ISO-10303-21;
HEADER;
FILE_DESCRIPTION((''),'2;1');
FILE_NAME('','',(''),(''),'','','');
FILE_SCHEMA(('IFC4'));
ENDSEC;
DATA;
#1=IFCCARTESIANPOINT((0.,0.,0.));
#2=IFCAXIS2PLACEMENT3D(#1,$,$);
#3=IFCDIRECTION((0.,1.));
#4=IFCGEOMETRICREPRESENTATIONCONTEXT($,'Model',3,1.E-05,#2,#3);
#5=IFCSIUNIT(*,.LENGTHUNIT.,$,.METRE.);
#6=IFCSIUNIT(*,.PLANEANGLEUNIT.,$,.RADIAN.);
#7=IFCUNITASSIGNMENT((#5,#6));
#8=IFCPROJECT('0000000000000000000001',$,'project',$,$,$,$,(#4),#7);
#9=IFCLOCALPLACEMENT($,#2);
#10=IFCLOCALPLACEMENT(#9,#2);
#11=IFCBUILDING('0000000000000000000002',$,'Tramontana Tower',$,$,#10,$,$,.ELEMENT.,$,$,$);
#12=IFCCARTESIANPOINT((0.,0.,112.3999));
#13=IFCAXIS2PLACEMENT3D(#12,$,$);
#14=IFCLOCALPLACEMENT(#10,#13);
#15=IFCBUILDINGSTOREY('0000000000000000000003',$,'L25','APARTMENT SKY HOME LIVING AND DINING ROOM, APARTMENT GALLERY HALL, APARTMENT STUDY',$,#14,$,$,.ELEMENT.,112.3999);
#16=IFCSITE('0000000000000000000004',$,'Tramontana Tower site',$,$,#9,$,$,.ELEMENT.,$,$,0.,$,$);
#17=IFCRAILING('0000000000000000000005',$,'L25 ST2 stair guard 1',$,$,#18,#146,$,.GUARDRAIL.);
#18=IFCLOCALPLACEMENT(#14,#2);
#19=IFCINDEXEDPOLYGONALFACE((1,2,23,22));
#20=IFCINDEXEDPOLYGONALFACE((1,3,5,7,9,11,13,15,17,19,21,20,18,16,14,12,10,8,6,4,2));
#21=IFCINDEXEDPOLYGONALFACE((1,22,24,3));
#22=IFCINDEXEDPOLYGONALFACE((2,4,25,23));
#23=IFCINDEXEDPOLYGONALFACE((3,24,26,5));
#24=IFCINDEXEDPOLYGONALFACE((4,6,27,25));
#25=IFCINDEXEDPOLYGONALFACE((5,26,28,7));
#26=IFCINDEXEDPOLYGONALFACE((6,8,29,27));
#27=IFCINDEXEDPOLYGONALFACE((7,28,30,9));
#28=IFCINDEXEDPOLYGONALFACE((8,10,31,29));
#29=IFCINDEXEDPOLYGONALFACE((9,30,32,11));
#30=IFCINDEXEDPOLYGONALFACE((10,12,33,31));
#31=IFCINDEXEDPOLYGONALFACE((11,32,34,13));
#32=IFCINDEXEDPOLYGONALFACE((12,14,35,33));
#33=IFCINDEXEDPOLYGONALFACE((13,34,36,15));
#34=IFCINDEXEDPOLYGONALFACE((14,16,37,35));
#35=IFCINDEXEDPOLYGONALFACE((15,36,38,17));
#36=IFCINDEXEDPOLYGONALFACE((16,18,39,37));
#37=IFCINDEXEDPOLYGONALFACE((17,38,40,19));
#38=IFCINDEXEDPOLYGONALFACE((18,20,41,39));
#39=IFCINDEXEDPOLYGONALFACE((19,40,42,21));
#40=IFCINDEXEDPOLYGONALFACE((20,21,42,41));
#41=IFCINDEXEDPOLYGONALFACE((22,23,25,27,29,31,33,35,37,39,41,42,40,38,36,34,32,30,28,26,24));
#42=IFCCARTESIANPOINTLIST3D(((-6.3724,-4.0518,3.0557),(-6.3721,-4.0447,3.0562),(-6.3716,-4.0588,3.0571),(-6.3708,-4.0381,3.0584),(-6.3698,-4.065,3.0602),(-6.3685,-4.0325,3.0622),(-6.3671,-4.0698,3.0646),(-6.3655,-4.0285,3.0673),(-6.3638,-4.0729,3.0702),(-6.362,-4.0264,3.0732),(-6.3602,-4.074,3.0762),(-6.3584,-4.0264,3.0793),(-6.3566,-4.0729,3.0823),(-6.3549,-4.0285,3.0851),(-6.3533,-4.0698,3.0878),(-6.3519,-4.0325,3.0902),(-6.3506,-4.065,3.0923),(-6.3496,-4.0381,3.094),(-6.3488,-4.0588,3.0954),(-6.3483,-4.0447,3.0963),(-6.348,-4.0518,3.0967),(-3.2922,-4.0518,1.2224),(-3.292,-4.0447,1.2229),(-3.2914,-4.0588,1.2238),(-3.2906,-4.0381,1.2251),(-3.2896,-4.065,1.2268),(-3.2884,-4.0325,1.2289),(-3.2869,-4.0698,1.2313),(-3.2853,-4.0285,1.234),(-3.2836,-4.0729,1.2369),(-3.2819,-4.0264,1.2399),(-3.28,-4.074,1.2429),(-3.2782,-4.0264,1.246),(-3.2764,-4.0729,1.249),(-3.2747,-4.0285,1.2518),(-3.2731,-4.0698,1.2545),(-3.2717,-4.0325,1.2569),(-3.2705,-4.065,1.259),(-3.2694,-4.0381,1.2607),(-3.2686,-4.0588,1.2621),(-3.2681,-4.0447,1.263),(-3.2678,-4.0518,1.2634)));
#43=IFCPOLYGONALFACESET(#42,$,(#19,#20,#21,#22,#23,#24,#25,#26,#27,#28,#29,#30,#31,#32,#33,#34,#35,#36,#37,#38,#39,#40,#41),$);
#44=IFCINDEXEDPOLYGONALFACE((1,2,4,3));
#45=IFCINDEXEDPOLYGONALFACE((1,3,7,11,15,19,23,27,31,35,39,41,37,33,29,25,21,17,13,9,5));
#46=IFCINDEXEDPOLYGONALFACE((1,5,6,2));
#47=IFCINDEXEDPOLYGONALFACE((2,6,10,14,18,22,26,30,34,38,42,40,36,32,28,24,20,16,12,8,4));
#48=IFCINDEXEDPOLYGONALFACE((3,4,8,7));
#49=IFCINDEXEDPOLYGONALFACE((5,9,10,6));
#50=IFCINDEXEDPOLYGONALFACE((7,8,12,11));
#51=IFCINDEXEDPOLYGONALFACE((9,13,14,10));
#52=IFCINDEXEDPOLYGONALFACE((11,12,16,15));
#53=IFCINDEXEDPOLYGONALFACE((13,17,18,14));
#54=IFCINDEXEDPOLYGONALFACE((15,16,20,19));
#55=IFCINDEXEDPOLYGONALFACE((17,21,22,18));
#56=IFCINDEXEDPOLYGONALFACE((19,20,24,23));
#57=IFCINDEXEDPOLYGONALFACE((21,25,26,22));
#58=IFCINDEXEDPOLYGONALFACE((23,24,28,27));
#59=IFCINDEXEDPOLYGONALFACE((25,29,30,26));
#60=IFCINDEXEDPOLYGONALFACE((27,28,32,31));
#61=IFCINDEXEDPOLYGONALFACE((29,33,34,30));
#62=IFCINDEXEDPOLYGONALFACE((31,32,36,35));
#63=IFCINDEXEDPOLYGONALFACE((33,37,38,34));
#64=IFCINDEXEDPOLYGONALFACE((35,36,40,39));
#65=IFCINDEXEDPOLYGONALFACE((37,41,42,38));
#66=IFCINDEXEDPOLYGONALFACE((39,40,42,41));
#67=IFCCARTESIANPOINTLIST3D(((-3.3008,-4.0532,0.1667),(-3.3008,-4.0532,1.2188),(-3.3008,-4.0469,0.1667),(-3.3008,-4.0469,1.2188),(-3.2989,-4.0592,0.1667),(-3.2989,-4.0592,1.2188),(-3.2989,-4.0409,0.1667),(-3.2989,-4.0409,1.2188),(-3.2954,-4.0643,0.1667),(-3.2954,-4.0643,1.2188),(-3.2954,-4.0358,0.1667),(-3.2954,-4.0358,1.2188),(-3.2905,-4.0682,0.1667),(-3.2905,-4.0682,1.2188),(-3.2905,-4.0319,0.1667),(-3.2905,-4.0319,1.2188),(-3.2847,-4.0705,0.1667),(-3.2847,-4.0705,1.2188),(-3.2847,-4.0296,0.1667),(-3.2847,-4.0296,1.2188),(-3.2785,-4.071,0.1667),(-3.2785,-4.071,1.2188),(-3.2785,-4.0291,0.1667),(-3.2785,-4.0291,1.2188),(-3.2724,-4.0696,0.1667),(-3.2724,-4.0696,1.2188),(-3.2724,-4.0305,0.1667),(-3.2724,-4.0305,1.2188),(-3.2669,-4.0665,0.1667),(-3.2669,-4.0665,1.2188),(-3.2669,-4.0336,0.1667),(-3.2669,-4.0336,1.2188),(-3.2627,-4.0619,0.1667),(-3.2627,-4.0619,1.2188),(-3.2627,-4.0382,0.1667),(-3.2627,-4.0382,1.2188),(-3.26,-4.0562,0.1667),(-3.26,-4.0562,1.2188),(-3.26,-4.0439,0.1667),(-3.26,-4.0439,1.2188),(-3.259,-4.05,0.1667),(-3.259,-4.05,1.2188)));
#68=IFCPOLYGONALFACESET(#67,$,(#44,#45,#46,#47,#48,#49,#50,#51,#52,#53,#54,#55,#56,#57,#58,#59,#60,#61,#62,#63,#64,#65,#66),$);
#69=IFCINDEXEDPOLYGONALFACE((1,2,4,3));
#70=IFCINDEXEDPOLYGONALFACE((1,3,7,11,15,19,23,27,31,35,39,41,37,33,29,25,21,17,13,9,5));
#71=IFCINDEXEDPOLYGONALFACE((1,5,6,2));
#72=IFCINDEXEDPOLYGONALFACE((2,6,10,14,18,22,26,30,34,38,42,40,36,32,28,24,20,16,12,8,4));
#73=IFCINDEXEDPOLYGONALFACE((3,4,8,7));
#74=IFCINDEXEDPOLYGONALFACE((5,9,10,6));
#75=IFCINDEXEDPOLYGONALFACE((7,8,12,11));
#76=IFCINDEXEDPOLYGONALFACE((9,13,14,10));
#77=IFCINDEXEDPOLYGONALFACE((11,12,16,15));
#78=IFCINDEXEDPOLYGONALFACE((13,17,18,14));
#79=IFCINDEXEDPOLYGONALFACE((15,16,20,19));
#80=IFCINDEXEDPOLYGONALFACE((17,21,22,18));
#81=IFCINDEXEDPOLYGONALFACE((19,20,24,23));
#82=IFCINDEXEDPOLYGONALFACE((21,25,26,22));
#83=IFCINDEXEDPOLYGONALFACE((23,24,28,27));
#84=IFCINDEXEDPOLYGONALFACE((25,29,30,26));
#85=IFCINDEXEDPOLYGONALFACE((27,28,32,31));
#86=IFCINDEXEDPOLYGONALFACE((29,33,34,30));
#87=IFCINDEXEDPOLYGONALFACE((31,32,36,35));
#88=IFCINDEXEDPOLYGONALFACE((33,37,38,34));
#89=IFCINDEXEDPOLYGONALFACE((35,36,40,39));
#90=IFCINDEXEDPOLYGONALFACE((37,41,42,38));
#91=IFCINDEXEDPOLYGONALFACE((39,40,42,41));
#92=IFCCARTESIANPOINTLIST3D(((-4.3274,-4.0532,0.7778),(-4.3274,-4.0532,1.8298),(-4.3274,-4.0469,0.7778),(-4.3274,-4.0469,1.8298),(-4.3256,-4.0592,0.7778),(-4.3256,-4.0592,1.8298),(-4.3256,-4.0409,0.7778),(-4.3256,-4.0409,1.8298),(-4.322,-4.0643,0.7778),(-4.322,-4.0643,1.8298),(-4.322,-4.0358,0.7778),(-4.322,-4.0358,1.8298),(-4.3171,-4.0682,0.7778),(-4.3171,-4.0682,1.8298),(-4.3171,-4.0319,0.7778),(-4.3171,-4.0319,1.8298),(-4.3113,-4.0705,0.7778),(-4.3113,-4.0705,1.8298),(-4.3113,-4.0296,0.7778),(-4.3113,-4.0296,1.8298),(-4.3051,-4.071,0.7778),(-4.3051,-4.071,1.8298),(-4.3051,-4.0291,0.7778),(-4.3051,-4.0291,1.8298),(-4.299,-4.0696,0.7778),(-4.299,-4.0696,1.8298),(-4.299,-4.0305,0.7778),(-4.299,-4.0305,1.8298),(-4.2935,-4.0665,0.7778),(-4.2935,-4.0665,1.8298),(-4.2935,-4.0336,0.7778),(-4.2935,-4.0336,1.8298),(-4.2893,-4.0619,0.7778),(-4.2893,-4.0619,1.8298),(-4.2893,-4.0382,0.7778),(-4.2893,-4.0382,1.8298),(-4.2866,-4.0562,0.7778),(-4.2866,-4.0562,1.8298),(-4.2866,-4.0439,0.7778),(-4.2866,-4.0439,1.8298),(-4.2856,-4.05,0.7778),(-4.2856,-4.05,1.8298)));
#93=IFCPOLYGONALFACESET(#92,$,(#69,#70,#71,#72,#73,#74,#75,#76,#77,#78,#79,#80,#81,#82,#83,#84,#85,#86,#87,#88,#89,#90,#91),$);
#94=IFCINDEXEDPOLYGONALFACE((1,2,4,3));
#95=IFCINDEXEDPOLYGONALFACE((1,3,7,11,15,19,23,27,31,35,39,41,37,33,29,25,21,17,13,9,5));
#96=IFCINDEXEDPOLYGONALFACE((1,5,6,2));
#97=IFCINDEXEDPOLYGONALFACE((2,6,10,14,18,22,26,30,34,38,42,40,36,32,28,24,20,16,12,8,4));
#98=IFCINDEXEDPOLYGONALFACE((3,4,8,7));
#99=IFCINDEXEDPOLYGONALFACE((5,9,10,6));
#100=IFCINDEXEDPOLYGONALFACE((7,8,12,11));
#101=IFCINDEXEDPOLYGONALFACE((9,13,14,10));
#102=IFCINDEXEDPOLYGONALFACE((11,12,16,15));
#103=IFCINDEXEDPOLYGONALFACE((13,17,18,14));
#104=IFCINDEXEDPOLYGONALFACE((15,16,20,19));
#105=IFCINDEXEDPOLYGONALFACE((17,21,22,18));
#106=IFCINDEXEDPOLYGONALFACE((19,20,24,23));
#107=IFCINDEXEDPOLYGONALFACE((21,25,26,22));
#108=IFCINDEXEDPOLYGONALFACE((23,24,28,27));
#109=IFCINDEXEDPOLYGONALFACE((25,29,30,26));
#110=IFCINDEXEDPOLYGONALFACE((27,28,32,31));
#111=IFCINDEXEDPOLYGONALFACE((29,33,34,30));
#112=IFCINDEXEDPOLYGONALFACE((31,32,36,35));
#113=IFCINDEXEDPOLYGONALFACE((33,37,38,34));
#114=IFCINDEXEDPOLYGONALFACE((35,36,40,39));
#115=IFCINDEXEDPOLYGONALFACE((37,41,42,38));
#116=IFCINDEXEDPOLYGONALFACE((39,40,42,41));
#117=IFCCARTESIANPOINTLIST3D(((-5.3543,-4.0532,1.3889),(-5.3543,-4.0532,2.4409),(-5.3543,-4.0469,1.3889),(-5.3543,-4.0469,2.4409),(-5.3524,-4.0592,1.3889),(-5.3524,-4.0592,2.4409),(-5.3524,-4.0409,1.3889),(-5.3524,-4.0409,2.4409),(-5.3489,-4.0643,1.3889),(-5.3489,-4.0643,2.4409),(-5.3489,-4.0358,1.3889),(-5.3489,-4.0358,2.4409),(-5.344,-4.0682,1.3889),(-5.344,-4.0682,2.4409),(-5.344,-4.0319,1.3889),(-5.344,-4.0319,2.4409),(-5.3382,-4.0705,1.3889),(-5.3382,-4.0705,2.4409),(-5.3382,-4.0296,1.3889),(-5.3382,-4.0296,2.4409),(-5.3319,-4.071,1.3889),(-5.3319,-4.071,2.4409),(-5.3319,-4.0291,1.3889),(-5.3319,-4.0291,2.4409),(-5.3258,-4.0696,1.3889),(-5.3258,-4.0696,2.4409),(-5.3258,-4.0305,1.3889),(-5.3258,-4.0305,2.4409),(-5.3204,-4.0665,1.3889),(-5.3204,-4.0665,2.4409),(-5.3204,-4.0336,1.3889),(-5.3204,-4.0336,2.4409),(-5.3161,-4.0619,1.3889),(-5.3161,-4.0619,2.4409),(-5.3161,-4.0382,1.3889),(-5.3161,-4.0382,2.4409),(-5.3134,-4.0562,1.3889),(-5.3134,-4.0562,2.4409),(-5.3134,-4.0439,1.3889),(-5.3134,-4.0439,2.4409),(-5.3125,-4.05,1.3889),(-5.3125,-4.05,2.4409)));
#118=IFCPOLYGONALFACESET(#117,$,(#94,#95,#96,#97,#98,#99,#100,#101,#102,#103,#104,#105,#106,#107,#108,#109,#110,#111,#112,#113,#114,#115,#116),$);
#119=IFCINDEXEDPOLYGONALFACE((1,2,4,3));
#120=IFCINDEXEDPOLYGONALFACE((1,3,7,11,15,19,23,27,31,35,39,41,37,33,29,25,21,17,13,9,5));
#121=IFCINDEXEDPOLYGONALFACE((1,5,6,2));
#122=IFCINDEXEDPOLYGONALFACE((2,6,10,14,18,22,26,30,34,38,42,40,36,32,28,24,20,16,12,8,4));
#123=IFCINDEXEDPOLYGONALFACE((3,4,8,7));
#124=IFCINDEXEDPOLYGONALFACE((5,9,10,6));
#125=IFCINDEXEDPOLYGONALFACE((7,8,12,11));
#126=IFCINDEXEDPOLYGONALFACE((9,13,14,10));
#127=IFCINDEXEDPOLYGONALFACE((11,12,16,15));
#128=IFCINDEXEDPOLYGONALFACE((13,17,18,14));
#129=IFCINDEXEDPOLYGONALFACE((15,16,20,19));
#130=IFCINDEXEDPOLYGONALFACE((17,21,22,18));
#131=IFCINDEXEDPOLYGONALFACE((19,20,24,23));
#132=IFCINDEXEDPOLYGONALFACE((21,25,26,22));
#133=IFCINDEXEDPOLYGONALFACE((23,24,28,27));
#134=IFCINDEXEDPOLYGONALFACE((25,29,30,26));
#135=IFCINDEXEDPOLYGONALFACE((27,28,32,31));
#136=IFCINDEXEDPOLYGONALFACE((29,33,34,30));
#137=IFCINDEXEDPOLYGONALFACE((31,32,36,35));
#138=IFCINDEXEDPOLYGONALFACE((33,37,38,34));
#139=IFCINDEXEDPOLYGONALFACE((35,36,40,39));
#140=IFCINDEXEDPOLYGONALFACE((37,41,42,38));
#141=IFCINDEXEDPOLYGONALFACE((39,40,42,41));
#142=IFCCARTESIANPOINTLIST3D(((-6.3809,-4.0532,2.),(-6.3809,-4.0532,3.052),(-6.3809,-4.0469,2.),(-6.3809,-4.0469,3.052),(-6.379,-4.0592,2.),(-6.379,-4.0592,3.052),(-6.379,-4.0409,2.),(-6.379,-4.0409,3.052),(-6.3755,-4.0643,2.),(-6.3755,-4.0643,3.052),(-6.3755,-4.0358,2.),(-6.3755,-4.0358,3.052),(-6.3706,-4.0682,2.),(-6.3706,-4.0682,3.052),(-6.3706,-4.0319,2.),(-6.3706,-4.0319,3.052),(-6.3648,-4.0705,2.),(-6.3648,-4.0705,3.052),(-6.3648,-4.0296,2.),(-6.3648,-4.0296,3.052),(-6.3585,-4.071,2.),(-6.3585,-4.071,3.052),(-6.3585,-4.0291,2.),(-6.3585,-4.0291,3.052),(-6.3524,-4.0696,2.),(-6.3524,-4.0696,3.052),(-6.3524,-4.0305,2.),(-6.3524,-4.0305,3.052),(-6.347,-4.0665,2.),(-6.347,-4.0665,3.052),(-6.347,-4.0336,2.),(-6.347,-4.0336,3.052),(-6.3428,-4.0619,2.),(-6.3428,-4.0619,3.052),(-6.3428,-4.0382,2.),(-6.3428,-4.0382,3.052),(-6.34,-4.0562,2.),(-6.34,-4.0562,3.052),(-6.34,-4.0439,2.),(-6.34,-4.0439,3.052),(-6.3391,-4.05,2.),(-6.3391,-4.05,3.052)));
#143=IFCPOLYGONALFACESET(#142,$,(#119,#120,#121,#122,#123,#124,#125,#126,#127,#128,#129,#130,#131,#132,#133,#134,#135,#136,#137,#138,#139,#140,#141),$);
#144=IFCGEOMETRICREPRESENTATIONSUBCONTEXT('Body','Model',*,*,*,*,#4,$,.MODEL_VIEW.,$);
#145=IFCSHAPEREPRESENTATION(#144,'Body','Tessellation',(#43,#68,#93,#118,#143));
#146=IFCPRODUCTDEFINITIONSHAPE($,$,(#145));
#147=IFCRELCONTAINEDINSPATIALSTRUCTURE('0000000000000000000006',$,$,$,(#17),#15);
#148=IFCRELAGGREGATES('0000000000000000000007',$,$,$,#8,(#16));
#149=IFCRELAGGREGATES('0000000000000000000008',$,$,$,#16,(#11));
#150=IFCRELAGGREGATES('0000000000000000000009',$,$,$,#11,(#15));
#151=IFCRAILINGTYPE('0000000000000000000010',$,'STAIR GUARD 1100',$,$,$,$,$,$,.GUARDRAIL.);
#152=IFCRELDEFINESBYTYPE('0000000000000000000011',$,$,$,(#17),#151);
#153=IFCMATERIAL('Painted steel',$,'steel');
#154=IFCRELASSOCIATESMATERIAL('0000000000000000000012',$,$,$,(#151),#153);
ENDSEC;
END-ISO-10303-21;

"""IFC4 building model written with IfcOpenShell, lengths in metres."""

from ifc_helpers import new_model, si_unit, direction, frame, origin, origin_2d, place, context, subcontext, project, spatial, circle, extrude, material, type_object, element, save


model = new_model("IFC4")

# Units and contexts
model_context = context("Model", 3, precision=1e-05, world=origin(), true_north=direction((0.0, 1.0)))
body_context = subcontext(model_context, "Body", "Model", "MODEL_VIEW")
ifc_project = project(units=[si_unit("LENGTHUNIT", "METRE"), si_unit("PLANEANGLEUNIT", "RADIAN")], contexts=[model_context])

# Site, building, storey
site_placement = place(None, origin())
site = spatial("IfcSite", under=ifc_project, at=site_placement, Name="Tramontana Tower site", CompositionType="ELEMENT", RefElevation=0.0)
building_placement = place(site_placement, origin())
building = spatial("IfcBuilding", under=site, at=building_placement, Name="Tramontana Tower", CompositionType="ELEMENT")
storey_placement = place(building_placement, frame((0.0, 0.0, 112.3999)))
storey = spatial("IfcBuildingStorey", under=building, at=storey_placement, Name="L25", Description="APARTMENT SKY HOME LIVING AND DINING ROOM, APARTMENT GALLERY HALL, APARTMENT STUDY", CompositionType="ELEMENT", Elevation=112.3999)

# Railing
ifc_material_1 = material(Name="Painted steel", Category="steel")
railing_type_1 = type_object("IfcRailingType", Name="STAIR GUARD 1100", PredefinedType="GUARDRAIL", material=ifc_material_1)
railing_1_placement = place(storey_placement, frame((-3.28, -4.05, 0.1667)))
element("IfcRailing", 1, at=railing_1_placement, inside=storey, type_object=railing_type_1, Name="L25 ST2 stair guard 1", PredefinedType="GUARDRAIL", context=body_context, shape_type="SweptSolid", body=[
    extrude(circle(Radius=0.0239, at=origin_2d()), frame((0.0, 0.0, 1.0762), z_axis=(-0.859309, 0.0, 0.511458), x_axis=(0.0, -1.0, 0.0)), (0.0, 0.0, 1.0), 3.5845),
    extrude(circle(Radius=0.021, at=origin_2d()), origin(), (0.0, 0.0, 1.0), 1.052),
    extrude(circle(Radius=0.021, at=origin_2d()), frame((-1.0266, 0.0, 0.6111)), (0.0, 0.0, 1.0), 1.052),
    extrude(circle(Radius=0.021, at=origin_2d()), frame((-2.0535, 0.0, 1.2222)), (0.0, 0.0, 1.0), 1.052),
    extrude(circle(Radius=0.021, at=origin_2d()), frame((-3.0801, 0.0, 1.8333)), (0.0, 0.0, 1.0), 1.052),
])

save(model, "model.ifc")
